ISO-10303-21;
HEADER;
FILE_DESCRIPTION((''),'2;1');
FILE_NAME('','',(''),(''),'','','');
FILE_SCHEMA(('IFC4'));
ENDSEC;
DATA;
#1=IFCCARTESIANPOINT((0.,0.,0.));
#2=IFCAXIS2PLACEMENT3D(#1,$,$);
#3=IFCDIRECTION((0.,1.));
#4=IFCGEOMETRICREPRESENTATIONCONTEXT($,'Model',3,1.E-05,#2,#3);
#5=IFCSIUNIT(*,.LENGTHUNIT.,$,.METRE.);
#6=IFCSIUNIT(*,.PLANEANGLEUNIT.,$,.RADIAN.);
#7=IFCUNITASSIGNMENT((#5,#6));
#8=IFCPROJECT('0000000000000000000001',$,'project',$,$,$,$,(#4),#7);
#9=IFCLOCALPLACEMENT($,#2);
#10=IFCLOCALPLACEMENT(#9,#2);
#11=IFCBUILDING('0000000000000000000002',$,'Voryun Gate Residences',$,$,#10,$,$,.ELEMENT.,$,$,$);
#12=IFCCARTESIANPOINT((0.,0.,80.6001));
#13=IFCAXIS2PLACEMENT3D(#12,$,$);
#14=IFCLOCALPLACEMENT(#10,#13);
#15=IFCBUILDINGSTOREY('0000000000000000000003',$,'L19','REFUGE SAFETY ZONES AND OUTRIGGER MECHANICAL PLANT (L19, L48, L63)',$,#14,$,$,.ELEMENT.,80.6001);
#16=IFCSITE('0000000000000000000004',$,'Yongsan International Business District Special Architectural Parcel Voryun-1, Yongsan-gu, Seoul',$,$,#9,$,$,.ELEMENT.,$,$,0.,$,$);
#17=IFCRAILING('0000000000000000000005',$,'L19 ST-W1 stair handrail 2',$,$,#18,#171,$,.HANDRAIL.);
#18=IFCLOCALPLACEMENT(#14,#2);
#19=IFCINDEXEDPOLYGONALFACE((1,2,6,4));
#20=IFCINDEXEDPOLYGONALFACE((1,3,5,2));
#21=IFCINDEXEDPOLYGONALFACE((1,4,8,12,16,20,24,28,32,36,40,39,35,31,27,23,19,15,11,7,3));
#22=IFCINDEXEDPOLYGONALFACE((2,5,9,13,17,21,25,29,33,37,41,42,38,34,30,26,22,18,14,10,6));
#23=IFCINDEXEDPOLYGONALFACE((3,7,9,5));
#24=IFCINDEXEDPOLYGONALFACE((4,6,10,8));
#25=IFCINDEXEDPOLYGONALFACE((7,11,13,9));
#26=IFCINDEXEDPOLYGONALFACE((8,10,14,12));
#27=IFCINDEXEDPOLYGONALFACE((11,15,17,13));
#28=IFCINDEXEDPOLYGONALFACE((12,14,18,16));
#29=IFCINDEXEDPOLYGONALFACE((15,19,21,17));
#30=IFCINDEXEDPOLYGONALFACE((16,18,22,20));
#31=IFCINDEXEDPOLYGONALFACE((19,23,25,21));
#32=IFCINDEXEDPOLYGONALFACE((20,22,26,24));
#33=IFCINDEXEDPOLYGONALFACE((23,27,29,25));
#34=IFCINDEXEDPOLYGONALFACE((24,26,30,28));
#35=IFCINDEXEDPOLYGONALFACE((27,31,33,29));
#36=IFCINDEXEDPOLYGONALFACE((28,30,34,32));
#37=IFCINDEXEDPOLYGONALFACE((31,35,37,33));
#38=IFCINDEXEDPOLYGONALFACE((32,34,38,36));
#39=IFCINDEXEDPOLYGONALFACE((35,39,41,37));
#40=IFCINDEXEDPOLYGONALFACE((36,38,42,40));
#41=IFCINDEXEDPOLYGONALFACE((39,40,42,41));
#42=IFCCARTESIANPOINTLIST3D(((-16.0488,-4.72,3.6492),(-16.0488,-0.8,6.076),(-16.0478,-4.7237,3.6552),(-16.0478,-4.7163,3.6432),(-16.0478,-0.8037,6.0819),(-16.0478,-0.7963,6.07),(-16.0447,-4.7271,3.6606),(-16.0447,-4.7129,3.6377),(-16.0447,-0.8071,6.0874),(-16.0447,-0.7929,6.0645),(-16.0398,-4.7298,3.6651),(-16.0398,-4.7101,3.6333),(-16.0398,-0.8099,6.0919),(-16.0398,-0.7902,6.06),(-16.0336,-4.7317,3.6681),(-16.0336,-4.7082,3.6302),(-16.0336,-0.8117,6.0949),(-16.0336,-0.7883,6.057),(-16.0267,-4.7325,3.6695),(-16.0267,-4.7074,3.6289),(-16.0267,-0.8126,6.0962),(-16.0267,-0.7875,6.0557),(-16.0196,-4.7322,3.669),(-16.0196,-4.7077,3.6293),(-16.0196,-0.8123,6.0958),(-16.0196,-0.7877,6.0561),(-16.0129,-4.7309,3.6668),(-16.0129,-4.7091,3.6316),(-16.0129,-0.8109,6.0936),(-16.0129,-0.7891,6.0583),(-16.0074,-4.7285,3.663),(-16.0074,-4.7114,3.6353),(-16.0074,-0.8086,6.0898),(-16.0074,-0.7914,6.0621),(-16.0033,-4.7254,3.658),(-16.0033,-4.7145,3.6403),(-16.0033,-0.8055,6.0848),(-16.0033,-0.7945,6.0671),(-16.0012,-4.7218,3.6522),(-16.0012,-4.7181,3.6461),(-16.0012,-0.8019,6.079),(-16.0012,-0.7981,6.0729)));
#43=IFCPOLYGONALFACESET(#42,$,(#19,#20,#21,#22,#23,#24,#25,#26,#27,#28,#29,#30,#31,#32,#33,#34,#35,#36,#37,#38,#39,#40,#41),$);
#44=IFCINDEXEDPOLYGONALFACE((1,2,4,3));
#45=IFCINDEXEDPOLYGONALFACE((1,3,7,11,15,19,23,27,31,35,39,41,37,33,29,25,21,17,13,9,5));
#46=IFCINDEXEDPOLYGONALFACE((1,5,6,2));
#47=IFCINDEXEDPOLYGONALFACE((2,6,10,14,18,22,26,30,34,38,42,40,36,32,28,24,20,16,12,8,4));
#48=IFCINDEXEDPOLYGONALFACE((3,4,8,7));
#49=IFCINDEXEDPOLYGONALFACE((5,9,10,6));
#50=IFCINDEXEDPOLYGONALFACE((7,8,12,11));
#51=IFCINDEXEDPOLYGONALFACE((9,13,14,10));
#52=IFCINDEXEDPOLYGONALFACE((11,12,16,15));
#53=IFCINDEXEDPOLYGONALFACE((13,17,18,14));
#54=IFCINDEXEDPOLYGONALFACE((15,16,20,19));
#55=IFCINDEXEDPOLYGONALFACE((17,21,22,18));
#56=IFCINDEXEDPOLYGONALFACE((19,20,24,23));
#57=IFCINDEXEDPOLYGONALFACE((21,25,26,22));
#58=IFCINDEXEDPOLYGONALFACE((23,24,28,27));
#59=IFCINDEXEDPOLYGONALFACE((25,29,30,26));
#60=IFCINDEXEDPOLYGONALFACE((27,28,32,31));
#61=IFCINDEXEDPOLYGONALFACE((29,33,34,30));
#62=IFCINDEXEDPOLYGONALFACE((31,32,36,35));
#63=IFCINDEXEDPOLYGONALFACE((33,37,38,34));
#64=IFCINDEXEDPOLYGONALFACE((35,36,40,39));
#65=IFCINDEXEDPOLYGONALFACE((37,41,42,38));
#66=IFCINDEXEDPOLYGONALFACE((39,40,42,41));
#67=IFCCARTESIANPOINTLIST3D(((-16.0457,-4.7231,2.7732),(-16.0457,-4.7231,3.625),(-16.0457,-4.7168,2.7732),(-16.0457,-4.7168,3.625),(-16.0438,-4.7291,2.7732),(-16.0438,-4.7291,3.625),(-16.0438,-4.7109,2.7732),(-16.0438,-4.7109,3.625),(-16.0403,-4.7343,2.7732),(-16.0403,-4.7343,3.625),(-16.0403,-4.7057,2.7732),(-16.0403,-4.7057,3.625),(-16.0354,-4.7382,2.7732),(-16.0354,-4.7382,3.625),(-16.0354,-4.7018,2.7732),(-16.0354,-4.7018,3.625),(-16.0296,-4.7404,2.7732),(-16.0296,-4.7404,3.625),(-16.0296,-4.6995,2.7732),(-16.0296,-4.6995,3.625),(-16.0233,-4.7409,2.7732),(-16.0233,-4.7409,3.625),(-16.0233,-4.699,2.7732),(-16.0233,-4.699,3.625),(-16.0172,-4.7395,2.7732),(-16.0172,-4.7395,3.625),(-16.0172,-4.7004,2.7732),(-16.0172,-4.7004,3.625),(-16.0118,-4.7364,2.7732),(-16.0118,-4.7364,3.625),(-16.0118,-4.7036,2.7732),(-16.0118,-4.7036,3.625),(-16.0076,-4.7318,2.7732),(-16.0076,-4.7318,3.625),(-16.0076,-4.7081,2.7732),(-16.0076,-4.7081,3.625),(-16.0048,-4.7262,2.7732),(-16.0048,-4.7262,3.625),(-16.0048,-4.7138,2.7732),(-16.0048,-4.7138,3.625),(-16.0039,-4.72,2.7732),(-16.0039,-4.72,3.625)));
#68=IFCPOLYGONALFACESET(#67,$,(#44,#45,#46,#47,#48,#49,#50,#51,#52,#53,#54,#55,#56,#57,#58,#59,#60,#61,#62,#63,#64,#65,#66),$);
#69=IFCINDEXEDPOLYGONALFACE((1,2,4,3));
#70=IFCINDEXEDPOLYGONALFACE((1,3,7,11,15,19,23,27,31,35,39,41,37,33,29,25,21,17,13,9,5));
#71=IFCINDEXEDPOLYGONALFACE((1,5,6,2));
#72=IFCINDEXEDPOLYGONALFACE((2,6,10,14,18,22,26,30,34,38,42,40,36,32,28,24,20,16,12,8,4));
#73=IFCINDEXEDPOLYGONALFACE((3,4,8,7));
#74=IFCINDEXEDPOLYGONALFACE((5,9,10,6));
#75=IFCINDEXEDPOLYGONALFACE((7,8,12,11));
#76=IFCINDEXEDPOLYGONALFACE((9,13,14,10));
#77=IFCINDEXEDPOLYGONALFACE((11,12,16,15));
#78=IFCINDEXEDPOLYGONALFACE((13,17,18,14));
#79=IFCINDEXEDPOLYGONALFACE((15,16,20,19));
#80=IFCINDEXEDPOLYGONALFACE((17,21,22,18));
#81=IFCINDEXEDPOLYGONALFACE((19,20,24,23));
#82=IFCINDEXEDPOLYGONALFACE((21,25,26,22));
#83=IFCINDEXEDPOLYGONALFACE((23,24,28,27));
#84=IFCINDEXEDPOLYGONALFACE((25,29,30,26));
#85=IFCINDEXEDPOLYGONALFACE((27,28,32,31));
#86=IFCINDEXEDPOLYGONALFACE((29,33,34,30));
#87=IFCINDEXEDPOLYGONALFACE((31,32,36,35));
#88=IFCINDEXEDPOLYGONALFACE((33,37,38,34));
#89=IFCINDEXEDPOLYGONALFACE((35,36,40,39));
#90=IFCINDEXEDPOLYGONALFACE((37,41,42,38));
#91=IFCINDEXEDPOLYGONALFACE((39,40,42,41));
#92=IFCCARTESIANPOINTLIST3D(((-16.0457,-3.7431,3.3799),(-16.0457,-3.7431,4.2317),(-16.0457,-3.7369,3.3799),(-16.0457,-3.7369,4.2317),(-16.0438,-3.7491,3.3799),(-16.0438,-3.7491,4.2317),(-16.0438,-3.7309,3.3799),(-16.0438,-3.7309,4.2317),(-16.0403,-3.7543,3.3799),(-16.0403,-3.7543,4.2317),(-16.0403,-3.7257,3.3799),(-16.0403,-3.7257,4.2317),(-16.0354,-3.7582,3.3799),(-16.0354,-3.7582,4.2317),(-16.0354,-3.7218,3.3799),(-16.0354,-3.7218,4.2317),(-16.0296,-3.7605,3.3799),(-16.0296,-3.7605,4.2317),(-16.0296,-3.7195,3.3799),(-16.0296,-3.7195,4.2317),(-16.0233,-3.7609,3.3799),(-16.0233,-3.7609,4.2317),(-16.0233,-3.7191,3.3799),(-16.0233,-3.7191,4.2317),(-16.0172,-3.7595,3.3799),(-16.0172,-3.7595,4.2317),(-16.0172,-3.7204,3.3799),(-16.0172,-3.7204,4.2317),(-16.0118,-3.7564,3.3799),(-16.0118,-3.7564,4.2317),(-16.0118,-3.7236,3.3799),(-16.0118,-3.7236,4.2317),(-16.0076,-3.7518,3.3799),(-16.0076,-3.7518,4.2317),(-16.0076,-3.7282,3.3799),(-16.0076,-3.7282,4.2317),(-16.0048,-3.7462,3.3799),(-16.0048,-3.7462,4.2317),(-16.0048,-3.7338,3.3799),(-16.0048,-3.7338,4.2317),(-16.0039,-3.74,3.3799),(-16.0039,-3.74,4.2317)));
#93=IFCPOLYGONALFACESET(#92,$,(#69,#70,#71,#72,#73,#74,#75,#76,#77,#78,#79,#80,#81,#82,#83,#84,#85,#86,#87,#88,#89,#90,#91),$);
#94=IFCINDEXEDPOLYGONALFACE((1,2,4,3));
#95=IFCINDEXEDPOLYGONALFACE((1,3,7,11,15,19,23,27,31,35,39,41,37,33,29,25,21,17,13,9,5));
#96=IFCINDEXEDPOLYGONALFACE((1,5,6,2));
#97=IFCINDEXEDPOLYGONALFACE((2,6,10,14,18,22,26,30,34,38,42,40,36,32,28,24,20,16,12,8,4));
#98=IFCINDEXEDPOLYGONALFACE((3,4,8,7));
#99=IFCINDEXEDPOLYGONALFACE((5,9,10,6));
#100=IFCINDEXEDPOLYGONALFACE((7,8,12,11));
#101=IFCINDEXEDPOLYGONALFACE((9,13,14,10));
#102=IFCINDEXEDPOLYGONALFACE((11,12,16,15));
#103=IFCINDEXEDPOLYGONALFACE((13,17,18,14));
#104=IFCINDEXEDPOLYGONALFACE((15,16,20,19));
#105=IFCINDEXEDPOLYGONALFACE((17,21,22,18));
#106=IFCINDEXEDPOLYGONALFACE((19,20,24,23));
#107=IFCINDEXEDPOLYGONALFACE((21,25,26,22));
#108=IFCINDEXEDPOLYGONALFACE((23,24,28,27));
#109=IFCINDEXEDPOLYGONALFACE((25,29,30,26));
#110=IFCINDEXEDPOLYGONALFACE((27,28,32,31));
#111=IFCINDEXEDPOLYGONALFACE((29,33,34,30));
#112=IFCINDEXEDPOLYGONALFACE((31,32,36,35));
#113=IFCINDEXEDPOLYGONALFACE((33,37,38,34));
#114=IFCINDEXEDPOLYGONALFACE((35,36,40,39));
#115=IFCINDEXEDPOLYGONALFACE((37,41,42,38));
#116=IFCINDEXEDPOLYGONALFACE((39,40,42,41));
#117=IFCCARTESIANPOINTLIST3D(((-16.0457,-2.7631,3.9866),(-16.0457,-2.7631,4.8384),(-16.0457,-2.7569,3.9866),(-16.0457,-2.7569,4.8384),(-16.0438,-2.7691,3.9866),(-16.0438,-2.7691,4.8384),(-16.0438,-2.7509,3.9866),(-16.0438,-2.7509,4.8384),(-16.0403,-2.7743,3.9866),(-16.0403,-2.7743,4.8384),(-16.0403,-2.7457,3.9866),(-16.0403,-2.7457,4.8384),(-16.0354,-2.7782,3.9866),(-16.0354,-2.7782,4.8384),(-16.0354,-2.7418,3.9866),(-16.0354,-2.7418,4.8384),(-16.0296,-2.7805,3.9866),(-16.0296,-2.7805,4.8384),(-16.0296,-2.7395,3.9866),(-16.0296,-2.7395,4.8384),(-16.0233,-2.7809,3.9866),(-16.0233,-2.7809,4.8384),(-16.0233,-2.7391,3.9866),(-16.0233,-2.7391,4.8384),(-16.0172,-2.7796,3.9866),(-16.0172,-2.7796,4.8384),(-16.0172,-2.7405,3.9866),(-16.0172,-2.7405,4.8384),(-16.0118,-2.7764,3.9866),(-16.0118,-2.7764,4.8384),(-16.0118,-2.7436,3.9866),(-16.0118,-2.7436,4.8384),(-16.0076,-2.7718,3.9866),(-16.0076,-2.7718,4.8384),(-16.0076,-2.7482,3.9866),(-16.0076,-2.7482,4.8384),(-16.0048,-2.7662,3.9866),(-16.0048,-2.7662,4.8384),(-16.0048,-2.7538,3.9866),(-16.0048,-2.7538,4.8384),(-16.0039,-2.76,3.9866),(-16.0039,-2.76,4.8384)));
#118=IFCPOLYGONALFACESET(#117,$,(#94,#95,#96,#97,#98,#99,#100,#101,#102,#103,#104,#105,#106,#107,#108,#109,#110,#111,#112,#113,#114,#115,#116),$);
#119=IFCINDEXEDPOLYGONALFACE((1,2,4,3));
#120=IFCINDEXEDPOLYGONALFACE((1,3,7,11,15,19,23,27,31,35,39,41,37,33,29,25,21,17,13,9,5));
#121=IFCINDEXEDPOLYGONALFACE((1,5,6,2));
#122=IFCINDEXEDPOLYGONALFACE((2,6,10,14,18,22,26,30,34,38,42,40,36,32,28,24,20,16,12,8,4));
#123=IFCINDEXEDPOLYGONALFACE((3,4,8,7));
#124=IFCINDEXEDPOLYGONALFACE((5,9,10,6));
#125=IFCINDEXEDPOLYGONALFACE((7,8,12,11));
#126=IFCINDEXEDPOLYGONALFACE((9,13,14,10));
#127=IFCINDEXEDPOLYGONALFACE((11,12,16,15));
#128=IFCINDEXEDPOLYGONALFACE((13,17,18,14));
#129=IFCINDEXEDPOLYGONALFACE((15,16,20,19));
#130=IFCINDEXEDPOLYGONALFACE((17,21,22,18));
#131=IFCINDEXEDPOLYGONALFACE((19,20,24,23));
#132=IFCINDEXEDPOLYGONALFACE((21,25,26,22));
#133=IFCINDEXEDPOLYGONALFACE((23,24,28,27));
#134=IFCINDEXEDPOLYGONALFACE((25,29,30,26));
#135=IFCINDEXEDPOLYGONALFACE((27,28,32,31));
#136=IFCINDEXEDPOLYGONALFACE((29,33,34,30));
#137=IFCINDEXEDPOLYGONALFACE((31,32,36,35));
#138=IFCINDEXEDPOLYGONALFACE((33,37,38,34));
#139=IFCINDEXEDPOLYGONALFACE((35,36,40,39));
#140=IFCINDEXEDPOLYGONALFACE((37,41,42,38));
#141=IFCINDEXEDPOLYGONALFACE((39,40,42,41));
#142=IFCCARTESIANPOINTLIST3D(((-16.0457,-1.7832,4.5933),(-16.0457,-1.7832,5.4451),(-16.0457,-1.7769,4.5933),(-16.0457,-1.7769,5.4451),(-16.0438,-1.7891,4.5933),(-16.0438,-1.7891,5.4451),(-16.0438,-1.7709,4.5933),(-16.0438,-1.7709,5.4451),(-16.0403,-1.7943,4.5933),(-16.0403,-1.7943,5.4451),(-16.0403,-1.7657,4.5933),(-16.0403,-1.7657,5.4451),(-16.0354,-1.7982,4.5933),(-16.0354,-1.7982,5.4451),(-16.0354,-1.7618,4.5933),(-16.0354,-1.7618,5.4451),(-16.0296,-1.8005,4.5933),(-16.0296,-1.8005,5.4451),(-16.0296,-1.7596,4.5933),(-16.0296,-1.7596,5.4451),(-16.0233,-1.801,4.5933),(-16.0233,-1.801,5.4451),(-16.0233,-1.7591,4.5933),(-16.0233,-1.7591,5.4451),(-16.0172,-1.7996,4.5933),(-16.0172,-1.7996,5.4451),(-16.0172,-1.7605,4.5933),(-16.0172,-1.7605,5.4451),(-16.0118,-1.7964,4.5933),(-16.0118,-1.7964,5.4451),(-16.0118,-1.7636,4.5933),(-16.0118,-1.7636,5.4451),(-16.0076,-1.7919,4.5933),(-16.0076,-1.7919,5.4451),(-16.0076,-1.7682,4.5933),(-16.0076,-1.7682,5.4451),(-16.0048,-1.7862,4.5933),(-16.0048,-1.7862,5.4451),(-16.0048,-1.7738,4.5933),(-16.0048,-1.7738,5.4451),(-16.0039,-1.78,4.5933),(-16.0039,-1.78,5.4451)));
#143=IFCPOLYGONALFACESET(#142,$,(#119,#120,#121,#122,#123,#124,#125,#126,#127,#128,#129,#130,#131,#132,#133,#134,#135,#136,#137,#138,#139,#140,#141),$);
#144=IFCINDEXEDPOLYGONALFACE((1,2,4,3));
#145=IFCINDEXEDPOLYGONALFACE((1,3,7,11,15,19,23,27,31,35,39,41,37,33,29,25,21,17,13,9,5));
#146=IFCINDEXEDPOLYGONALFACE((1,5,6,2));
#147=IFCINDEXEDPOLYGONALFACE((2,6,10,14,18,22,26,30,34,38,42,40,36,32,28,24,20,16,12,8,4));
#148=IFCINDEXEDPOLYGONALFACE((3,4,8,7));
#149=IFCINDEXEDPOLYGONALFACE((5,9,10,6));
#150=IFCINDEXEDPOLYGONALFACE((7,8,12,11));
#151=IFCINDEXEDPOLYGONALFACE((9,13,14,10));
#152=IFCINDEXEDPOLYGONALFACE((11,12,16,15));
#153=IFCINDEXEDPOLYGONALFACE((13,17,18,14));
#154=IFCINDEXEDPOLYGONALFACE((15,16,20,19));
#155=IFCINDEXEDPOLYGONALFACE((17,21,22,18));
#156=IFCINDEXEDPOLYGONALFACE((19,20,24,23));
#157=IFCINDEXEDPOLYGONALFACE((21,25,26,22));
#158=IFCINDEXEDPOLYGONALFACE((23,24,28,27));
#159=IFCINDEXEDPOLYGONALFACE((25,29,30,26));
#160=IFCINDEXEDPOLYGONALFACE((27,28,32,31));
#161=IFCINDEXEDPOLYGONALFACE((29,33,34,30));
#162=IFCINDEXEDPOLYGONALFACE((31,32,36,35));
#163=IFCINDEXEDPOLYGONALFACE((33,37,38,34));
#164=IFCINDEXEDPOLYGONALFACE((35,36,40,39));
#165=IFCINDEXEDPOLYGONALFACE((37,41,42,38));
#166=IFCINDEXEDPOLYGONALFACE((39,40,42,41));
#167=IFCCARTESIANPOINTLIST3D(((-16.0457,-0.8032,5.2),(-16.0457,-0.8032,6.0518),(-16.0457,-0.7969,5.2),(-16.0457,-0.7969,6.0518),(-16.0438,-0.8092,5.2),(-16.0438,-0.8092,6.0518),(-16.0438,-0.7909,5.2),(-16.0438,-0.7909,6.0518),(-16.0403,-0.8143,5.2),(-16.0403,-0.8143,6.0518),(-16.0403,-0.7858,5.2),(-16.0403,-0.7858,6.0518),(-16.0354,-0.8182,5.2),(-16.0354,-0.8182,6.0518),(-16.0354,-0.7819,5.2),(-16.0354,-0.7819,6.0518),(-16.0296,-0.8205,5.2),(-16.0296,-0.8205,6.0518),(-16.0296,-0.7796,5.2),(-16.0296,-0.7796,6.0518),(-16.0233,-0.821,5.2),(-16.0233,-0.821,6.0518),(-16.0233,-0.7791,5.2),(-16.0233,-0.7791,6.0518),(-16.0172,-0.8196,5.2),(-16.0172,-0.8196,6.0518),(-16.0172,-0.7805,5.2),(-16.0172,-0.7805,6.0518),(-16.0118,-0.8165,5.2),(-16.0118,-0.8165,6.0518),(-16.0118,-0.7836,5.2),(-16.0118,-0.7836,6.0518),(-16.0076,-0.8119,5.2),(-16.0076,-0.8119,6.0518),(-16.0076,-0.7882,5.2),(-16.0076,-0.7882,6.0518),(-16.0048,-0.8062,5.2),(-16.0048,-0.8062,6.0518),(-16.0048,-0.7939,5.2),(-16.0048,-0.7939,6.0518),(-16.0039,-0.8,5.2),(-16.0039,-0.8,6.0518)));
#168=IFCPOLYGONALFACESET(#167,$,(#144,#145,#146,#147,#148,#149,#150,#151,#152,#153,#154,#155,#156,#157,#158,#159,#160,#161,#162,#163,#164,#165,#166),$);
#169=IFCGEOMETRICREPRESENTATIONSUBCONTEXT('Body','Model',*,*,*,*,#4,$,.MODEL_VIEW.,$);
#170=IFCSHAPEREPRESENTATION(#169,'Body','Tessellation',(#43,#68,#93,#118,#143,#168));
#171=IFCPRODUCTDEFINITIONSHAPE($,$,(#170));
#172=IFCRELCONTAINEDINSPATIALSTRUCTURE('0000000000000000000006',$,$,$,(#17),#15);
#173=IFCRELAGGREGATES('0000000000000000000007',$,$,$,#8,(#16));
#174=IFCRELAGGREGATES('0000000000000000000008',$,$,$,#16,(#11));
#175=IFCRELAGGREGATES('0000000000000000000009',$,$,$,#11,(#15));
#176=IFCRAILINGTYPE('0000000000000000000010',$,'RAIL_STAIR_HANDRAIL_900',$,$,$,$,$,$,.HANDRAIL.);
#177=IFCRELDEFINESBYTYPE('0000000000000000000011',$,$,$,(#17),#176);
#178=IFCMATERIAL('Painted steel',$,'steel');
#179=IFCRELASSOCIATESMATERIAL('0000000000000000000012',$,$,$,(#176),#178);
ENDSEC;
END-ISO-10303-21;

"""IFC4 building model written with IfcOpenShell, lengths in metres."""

from ifc_helpers import new_model, si_unit, direction, frame, origin, origin_2d, place, context, subcontext, project, spatial, circle, extrude, material, type_object, element, save


model = new_model("IFC4")

# Units and contexts
model_context = context("Model", 3, precision=1e-05, world=origin(), true_north=direction((0.0, 1.0)))
body_context = subcontext(model_context, "Body", "Model", "MODEL_VIEW")
ifc_project = project(units=[si_unit("LENGTHUNIT", "METRE"), si_unit("PLANEANGLEUNIT", "RADIAN")], contexts=[model_context])

# Site, building, storey
site_placement = place(None, origin())
site = spatial("IfcSite", under=ifc_project, at=site_placement, Name="Yongsan International Business District Special Architectural Parcel Voryun-1, Yongsan-gu, Seoul", CompositionType="ELEMENT", RefElevation=0.0)
building_placement = place(site_placement, origin())
building = spatial("IfcBuilding", under=site, at=building_placement, Name="Voryun Gate Residences", CompositionType="ELEMENT")
storey_placement = place(building_placement, frame((0.0, 0.0, 80.6001)))
storey = spatial("IfcBuildingStorey", under=building, at=storey_placement, Name="L19", Description="REFUGE SAFETY ZONES AND OUTRIGGER MECHANICAL PLANT (L19, L48, L63)", CompositionType="ELEMENT", Elevation=80.6001)

# Railing
ifc_material_1 = material(Name="Painted steel", Category="steel")
railing_type_1 = type_object("IfcRailingType", Name="RAIL_STAIR_HANDRAIL_900", PredefinedType="HANDRAIL", material=ifc_material_1)
railing_1_placement = place(storey_placement, frame((-16.0249, -4.72, 2.7732)))
element("IfcRailing", 1, at=railing_1_placement, inside=storey, type_object=railing_type_1, Name="L19 ST-W1 stair handrail 2", PredefinedType="HANDRAIL", context=body_context, shape_type="SweptSolid", body=[
    extrude(circle(Radius=0.0239, at=origin_2d()), frame((0.0, 0.0, 0.876), z_axis=(0.0, 0.850252, 0.526376), x_axis=(-1.0, 0.0, 0.0)), (0.0, 0.0, 1.0), 4.6104),
    extrude(circle(Radius=0.021, at=origin_2d()), origin(), (0.0, 0.0, 1.0), 0.8518),
    extrude(circle(Radius=0.021, at=origin_2d()), frame((0.0, 0.98, 0.6067)), (0.0, 0.0, 1.0), 0.8518),
    extrude(circle(Radius=0.021, at=origin_2d()), frame((0.0, 1.96, 1.2134)), (0.0, 0.0, 1.0), 0.8518),
    extrude(circle(Radius=0.021, at=origin_2d()), frame((0.0, 2.9399, 1.8201)), (0.0, 0.0, 1.0), 0.8518),
    extrude(circle(Radius=0.021, at=origin_2d()), frame((0.0, 3.9199, 2.4268)), (0.0, 0.0, 1.0), 0.8518),
])

save(model, "model.ifc")
